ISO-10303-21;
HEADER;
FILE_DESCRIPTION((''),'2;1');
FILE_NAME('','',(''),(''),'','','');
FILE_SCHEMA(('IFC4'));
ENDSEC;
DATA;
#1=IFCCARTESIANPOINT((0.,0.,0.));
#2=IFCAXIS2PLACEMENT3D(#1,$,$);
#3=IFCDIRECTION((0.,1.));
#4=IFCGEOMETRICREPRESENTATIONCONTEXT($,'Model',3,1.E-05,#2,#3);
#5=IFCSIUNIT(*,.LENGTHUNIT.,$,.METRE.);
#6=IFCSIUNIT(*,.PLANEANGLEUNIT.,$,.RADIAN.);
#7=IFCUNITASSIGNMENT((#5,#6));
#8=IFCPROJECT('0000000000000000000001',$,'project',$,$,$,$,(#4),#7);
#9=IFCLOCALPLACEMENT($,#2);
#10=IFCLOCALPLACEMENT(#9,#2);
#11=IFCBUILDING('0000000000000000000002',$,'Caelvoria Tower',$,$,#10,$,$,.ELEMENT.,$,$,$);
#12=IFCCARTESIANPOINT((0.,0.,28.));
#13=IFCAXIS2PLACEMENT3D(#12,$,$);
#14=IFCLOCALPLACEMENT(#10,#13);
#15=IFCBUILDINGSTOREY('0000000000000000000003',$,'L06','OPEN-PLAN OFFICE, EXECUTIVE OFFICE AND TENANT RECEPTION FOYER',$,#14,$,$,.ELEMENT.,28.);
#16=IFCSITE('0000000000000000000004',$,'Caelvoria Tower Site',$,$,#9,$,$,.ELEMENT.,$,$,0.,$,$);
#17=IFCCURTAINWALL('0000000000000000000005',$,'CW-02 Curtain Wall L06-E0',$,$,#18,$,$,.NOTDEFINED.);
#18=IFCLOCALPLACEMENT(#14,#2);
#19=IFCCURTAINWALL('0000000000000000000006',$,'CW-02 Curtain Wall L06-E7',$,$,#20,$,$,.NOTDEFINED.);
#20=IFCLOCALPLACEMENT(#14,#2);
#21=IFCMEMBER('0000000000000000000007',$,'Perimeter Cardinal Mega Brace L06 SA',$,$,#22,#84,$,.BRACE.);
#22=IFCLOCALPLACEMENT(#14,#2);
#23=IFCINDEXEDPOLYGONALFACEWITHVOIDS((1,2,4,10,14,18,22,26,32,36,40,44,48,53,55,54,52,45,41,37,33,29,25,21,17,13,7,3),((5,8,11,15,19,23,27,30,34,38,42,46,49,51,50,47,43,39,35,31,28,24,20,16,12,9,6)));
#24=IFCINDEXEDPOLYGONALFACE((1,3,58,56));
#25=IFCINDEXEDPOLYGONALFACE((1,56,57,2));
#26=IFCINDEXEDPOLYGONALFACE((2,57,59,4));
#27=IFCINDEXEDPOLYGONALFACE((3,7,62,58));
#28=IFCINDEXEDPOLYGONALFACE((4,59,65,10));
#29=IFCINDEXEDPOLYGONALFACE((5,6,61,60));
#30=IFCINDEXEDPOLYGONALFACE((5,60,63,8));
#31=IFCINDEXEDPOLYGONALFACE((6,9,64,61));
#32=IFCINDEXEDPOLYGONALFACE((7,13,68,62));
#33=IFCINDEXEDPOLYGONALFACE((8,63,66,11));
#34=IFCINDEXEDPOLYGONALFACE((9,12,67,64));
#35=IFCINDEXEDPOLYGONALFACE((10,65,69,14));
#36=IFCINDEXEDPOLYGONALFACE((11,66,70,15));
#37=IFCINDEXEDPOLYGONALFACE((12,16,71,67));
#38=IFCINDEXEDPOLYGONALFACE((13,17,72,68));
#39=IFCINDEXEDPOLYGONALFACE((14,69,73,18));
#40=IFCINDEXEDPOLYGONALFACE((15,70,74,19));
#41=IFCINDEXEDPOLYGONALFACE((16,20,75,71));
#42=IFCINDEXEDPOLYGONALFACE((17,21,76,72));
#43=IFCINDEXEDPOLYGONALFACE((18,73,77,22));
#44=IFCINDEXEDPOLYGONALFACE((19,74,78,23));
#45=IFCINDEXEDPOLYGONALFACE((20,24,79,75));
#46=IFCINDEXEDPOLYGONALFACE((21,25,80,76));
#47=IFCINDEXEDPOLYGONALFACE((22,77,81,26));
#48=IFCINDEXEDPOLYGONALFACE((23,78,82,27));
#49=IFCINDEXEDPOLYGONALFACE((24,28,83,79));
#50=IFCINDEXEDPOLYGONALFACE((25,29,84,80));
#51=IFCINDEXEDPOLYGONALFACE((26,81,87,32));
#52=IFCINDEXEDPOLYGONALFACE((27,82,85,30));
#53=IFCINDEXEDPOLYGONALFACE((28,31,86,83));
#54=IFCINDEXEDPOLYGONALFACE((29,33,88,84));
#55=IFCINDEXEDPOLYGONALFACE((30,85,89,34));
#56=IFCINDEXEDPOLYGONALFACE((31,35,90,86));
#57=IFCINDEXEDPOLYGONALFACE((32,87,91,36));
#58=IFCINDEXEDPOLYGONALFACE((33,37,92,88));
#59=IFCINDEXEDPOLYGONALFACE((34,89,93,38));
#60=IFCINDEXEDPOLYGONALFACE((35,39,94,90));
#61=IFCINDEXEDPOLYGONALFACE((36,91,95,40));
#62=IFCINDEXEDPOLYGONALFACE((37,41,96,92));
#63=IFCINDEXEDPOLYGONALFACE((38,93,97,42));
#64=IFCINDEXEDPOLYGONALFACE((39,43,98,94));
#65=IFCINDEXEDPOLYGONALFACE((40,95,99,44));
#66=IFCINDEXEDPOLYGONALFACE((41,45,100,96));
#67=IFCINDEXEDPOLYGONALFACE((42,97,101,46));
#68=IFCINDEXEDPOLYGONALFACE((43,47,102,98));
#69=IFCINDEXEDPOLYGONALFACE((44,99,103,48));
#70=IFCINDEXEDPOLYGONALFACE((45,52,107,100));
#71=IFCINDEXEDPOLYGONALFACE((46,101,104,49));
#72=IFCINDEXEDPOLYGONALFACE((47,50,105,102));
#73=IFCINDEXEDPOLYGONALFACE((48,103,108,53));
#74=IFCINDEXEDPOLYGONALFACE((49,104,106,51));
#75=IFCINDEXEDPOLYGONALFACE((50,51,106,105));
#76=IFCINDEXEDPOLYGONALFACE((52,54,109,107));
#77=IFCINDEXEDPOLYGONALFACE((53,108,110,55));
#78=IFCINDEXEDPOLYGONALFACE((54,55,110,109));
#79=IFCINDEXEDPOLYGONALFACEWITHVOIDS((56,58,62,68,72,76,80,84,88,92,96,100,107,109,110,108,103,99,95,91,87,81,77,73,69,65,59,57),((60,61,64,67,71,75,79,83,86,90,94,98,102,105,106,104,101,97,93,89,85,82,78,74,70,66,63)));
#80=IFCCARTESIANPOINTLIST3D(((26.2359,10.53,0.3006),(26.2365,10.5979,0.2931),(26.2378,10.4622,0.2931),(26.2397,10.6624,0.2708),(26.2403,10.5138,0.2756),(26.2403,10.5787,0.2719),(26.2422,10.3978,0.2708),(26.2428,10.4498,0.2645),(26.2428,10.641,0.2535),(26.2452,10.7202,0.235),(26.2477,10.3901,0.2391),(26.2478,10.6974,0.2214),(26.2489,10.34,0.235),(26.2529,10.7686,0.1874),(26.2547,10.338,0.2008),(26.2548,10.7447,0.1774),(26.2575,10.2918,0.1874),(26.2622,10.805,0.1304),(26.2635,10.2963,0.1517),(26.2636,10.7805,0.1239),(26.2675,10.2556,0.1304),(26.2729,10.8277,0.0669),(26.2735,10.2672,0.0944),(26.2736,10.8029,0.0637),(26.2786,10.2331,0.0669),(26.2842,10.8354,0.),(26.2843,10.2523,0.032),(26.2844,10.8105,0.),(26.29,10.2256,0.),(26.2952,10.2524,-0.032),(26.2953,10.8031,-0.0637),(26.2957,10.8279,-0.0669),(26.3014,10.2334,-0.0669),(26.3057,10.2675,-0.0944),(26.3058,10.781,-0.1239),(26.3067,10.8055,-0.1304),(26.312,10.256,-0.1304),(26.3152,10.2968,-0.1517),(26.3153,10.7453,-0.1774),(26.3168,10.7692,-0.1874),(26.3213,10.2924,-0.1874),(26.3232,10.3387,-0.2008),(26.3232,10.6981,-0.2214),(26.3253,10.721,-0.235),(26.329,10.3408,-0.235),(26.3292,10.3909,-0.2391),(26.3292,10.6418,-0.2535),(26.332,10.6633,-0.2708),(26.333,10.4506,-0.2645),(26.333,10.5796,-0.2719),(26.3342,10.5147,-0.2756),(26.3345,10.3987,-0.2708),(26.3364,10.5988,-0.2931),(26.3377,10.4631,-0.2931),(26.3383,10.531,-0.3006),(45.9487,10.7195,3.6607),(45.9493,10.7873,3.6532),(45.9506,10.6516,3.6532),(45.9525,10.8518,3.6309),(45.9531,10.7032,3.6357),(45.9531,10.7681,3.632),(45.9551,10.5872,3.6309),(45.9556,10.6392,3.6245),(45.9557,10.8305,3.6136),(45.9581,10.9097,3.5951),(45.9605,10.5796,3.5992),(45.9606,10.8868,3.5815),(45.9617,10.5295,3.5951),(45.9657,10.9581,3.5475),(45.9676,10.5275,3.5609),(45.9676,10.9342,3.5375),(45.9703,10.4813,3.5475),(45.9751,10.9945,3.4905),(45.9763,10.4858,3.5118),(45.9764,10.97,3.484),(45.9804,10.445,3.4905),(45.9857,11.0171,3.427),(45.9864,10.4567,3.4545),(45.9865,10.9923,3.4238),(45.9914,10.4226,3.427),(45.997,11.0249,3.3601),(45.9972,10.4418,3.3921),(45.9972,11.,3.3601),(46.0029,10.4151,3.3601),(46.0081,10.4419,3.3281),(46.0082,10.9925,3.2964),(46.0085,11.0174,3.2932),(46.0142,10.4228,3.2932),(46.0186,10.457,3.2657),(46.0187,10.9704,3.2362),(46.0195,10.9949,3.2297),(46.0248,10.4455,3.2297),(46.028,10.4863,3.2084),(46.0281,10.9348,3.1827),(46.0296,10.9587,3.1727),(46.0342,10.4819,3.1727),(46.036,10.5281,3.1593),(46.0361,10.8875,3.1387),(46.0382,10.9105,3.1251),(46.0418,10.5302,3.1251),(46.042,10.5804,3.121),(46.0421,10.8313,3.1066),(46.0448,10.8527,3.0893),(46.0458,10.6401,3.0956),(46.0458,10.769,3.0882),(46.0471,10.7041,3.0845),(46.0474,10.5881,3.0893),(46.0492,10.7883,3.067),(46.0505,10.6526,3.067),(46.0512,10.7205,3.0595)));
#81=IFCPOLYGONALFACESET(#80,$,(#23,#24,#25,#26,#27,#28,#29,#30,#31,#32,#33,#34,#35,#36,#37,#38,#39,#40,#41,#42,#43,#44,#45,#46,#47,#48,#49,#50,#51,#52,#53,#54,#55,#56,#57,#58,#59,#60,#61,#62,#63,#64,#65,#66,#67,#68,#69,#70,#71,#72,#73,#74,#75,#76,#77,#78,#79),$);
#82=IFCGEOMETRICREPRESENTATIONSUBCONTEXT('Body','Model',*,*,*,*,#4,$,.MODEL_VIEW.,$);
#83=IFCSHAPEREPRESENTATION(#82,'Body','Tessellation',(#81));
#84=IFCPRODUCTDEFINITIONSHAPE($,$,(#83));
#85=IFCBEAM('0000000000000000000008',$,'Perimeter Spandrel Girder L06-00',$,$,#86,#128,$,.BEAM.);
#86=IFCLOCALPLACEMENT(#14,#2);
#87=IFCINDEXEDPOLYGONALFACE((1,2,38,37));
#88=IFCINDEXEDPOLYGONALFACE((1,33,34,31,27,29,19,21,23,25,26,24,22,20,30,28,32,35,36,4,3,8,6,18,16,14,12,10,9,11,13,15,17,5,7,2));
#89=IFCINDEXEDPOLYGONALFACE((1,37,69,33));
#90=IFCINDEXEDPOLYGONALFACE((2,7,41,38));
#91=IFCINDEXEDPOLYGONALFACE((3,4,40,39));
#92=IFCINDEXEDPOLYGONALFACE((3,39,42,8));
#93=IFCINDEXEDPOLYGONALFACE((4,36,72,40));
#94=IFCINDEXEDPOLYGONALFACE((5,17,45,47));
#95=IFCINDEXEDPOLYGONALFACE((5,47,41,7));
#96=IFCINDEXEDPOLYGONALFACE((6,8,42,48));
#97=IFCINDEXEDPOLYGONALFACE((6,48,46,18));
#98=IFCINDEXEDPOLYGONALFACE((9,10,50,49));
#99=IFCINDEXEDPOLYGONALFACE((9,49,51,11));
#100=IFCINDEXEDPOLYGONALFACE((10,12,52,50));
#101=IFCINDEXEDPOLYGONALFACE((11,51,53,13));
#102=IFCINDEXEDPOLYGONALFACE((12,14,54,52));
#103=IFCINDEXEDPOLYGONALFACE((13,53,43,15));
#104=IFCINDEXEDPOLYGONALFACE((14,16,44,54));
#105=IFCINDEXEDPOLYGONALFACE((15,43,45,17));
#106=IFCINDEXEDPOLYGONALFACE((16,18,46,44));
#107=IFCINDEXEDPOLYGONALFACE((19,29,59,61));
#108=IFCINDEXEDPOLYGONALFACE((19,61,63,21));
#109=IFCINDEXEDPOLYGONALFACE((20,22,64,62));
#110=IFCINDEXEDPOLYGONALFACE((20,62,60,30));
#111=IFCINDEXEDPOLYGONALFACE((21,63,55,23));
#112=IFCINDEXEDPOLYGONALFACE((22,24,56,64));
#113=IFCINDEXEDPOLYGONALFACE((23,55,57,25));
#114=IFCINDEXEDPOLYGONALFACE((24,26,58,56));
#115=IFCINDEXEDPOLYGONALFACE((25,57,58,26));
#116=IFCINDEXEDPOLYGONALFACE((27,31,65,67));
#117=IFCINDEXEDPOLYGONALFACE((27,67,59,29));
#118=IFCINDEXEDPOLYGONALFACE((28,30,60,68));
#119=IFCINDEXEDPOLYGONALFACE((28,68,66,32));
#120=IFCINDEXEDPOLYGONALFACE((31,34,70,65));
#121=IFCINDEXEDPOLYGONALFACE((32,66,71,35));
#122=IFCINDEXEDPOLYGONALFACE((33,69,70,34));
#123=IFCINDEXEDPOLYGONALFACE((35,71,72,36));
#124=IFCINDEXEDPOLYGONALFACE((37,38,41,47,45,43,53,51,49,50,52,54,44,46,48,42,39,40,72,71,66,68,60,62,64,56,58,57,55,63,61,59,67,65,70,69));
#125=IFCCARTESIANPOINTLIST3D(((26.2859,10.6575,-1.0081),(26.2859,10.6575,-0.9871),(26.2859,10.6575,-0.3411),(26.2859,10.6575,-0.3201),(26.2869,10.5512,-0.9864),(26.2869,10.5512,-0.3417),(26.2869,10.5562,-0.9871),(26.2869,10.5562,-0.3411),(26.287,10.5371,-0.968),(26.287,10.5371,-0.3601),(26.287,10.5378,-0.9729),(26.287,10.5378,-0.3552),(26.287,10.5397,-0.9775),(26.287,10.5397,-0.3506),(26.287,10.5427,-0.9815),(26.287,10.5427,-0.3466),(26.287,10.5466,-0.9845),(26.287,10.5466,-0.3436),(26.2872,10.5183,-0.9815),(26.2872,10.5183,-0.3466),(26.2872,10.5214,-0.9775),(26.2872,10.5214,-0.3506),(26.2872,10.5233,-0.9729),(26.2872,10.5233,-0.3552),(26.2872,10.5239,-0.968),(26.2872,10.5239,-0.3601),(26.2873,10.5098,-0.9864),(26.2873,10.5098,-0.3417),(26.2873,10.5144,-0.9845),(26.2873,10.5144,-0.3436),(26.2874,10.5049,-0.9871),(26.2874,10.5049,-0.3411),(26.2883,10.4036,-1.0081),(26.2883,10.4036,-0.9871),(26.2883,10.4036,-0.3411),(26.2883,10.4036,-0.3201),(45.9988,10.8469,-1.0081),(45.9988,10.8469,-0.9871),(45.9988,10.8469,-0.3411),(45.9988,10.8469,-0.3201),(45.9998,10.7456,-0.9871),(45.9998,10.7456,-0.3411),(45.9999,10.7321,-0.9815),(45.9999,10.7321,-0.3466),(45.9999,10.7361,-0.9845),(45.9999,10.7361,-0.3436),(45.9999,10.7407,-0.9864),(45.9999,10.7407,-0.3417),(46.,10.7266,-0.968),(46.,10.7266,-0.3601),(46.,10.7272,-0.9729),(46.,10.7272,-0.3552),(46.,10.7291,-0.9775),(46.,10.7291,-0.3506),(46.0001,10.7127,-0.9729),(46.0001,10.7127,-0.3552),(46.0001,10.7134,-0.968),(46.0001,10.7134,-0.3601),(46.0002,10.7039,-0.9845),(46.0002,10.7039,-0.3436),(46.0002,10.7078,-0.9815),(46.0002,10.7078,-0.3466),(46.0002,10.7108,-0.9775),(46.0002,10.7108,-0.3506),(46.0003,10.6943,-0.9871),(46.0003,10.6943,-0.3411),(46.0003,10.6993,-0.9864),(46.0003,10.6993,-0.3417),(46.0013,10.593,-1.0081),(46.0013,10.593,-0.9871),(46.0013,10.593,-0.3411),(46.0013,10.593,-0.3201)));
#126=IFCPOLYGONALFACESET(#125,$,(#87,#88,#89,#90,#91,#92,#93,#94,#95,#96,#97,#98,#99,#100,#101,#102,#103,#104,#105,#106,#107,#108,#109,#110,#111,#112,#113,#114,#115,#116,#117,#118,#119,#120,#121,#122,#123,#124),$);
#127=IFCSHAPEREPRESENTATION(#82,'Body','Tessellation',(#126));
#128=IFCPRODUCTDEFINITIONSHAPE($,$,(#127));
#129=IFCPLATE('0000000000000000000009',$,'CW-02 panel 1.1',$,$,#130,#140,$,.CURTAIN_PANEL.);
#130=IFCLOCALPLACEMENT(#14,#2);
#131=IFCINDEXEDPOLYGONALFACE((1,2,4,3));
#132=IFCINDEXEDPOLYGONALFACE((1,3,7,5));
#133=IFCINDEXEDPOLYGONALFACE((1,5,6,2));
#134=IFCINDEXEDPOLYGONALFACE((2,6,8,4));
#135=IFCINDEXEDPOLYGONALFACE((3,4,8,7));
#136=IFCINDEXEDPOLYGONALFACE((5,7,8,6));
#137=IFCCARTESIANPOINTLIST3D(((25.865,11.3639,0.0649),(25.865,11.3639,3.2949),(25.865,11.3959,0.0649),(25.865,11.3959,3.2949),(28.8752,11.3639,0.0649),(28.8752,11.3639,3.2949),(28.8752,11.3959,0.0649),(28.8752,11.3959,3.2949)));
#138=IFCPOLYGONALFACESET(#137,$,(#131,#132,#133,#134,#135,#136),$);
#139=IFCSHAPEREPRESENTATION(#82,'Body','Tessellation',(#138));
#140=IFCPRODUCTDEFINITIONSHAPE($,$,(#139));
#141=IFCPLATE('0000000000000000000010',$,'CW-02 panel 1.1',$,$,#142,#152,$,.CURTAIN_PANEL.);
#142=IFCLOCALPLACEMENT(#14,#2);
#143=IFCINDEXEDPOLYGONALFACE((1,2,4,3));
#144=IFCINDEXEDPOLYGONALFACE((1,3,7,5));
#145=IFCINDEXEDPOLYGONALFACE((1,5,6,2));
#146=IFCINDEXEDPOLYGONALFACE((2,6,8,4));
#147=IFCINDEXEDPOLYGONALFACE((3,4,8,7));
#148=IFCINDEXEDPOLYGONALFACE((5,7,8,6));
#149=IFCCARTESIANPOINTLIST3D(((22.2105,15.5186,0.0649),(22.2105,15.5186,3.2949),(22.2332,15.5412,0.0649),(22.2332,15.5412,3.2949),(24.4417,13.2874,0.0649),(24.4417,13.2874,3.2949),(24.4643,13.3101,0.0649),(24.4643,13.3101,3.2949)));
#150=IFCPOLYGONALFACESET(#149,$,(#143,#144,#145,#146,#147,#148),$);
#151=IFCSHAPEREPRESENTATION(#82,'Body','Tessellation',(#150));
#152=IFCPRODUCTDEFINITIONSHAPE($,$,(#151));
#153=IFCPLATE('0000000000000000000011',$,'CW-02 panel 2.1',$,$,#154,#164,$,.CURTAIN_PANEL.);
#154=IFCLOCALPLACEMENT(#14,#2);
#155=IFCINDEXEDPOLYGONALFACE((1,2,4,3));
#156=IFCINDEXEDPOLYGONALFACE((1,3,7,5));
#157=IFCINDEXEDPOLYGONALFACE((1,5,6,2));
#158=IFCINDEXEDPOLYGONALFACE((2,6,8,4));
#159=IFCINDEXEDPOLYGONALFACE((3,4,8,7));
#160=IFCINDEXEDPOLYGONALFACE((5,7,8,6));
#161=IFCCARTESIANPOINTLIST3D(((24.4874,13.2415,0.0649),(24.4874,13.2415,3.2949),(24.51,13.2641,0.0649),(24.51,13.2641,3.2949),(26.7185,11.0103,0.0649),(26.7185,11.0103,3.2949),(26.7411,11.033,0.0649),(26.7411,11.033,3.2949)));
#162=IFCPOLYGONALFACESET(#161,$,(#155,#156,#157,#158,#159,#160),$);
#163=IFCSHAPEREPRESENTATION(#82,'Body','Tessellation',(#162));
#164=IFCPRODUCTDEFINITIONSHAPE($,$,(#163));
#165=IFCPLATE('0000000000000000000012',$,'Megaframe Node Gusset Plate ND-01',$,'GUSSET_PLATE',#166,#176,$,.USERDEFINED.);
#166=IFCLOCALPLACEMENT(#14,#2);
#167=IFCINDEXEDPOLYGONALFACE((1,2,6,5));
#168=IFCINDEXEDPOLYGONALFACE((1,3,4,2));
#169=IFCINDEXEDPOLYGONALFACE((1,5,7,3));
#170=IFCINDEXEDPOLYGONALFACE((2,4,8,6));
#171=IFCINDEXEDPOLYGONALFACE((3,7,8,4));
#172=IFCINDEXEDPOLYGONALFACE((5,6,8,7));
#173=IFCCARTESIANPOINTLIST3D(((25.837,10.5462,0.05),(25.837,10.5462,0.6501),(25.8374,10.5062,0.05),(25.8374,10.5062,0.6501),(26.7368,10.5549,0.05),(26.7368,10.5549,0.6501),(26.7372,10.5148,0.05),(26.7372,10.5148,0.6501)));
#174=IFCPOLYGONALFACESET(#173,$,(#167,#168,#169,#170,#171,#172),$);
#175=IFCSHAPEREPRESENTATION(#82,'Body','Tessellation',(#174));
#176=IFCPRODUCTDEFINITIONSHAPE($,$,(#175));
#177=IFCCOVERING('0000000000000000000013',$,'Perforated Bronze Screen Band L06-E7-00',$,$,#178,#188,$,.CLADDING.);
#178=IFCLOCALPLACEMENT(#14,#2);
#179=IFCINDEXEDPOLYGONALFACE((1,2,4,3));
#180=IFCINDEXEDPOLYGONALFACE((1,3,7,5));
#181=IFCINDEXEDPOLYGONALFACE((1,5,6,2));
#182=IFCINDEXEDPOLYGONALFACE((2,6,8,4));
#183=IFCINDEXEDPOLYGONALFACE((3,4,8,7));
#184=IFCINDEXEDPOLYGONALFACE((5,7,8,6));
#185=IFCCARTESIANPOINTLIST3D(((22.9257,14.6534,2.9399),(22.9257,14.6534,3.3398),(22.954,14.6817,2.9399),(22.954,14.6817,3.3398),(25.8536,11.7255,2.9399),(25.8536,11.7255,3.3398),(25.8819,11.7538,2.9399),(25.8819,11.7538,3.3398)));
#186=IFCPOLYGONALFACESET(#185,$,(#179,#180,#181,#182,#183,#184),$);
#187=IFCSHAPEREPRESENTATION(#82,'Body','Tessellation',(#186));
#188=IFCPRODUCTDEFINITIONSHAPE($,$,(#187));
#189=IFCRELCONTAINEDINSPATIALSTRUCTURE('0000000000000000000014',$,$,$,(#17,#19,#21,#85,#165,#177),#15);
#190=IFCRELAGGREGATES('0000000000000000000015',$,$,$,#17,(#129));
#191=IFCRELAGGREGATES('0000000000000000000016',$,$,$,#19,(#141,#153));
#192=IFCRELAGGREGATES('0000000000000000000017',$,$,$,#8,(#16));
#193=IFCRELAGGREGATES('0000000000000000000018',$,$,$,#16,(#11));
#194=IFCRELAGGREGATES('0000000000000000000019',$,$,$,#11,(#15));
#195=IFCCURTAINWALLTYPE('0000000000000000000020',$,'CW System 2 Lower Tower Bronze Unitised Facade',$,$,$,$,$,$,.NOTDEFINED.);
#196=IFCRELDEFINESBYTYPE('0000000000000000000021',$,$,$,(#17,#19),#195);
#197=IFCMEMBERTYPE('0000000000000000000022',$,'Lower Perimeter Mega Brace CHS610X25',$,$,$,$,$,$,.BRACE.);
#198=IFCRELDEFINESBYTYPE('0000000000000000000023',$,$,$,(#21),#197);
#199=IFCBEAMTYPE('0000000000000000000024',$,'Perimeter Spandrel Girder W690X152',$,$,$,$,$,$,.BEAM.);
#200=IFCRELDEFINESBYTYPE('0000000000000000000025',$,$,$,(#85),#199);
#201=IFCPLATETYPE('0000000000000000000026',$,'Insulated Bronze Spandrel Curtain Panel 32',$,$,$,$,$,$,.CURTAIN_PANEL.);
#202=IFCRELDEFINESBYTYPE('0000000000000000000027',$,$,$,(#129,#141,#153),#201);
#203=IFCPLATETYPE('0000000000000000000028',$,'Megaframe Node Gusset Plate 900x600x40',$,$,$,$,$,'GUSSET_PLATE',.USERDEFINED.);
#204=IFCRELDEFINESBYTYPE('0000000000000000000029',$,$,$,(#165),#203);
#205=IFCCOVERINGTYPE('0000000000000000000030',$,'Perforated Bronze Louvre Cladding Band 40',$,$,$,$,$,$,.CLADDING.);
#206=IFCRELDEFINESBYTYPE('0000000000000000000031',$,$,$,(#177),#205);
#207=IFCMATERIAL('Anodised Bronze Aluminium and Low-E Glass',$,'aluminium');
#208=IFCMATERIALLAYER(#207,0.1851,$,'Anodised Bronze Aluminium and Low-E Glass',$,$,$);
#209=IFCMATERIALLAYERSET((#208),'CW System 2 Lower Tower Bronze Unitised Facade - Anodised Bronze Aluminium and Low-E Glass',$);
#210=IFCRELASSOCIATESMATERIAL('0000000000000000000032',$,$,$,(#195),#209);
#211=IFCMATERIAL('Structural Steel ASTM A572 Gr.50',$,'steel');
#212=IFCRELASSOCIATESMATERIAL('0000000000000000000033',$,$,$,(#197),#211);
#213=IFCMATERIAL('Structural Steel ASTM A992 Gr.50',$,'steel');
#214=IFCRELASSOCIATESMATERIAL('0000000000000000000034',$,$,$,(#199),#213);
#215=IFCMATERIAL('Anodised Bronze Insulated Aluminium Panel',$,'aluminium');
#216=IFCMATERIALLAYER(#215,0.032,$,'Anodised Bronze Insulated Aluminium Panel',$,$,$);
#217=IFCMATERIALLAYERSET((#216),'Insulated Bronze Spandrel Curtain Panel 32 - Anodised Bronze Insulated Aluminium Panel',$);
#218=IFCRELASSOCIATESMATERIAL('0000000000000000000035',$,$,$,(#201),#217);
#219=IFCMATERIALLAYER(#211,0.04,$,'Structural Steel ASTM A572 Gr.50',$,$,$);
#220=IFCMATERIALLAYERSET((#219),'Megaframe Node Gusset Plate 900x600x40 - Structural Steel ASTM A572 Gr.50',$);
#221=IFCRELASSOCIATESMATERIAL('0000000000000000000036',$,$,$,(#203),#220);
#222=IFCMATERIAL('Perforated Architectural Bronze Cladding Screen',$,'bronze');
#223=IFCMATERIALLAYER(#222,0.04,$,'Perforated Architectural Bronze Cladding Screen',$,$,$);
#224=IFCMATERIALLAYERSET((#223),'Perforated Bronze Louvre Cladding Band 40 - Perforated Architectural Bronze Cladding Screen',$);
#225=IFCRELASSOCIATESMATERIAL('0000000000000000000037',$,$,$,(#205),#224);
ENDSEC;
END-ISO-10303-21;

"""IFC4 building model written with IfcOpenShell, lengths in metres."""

from ifc_helpers import new_model, si_unit, direction, frame, origin, origin_2d, place, context, subcontext, project, spatial, rectangle, hollow_circle, i_section, extrude, material, layer, layer_set, material_profile, profile_set, type_object, element, aggregate, save


model = new_model("IFC4")

# Units and contexts
model_context = context("Model", 3, precision=1e-05, world=origin(), true_north=direction((0.0, 1.0)))
body_context = subcontext(model_context, "Body", "Model", "MODEL_VIEW")
ifc_project = project(units=[si_unit("LENGTHUNIT", "METRE"), si_unit("PLANEANGLEUNIT", "RADIAN")], contexts=[model_context])

# Site, building, storey
site_placement = place(None, origin())
site = spatial("IfcSite", under=ifc_project, at=site_placement, Name="Caelvoria Tower Site", CompositionType="ELEMENT", RefElevation=0.0)
building_placement = place(site_placement, origin())
building = spatial("IfcBuilding", under=site, at=building_placement, Name="Caelvoria Tower", CompositionType="ELEMENT")
storey_placement = place(building_placement, frame((0.0, 0.0, 28.0)))
storey = spatial("IfcBuildingStorey", under=building, at=storey_placement, Name="L06", Description="OPEN-PLAN OFFICE, EXECUTIVE OFFICE AND TENANT RECEPTION FOYER", CompositionType="ELEMENT", Elevation=28.0)

# Shared definitions
ifc_material_1 = material(Name="Structural Steel ASTM A572 Gr.50", Category="steel")

# Curtain walls
ifc_material_2 = material(Name="Anodised Bronze Aluminium and Low-E Glass", Category="aluminium")
ifc_layer_1 = layer(ifc_material_2, 0.1851, Name="Anodised Bronze Aluminium and Low-E Glass")
ifc_layer_set_1 = layer_set([ifc_layer_1], Name="CW System 2 Lower Tower Bronze Unitised Facade - Anodised Bronze Aluminium and Low-E Glass")
curtain_wall_type = type_object("IfcCurtainWallType", Name="CW System 2 Lower Tower Bronze Unitised Facade", PredefinedType="NOTDEFINED", material=ifc_layer_set_1)
curtain_wall_1_placement = place(storey_placement, origin())
curtain_wall_1 = element("IfcCurtainWall", 1, at=curtain_wall_1_placement, inside=storey, type_object=curtain_wall_type, Name="CW-02 Curtain Wall L06-E0", PredefinedType="NOTDEFINED")
curtain_wall_2_placement = place(storey_placement, origin())
curtain_wall_2 = element("IfcCurtainWall", 2, at=curtain_wall_2_placement, inside=storey, type_object=curtain_wall_type, Name="CW-02 Curtain Wall L06-E7", PredefinedType="NOTDEFINED")

# Member
ifc_material_profile_1 = material_profile(ifc_material_1, hollow_circle(Radius=0.3049, WallThickness=0.0249, at=origin_2d()), Name="Structural Steel ASTM A572 Gr.50")
ifc_profile_set_1 = profile_set([ifc_material_profile_1], Name="CHS610X25 - Structural Steel ASTM A572 Gr.50")
member_type_1 = type_object("IfcMemberType", Name="Lower Perimeter Mega Brace CHS610X25", PredefinedType="BRACE", material=ifc_profile_set_1)
member_1_placement = place(storey_placement, frame((26.2871, 10.5305, 0.0), z_axis=(0.985738, 0.009474, 0.168021), x_axis=(-0.00961, 0.999954, 0.0)))
element("IfcMember", 3, at=member_1_placement, inside=storey, type_object=member_type_1, Name="Perimeter Cardinal Mega Brace L06 SA", PredefinedType="BRACE", context=body_context, shape_type="SweptSolid", body=[
    extrude(hollow_circle(Radius=0.3049, WallThickness=0.0249, at=origin_2d()), origin(), (0.0, 0.0, 1.0), 19.998),
])

# Beam
ifc_material_3 = material(Name="Structural Steel ASTM A992 Gr.50", Category="steel")
ifc_material_profile_2 = material_profile(ifc_material_3, i_section(OverallWidth=0.2539, OverallDepth=0.688, WebThickness=0.0132, FlangeThickness=0.021, FilletRadius=0.019, at=origin_2d()), Name="Structural Steel ASTM A992 Gr.50")
ifc_profile_set_2 = profile_set([ifc_material_profile_2], Name="W690X152 - Structural Steel ASTM A992 Gr.50")
beam_type = type_object("IfcBeamType", Name="Perimeter Spandrel Girder W690X152", PredefinedType="BEAM", material=ifc_profile_set_2)
beam_placement = place(storey_placement, frame((26.2871, 10.5305, -0.6641), z_axis=(0.999954, 0.00961, 0.0), x_axis=(-0.00961, 0.999954, 0.0)))
element("IfcBeam", 4, at=beam_placement, inside=storey, type_object=beam_type, Name="Perimeter Spandrel Girder L06-00", PredefinedType="BEAM", context=body_context, shape_type="SweptSolid", body=[
    extrude(i_section(OverallWidth=0.2539, OverallDepth=0.688, WebThickness=0.0132, FlangeThickness=0.021, FilletRadius=0.019, at=origin_2d()), origin(), (0.0, 0.0, 1.0), 19.7139),
])

# Plates
ifc_material_4 = material(Name="Anodised Bronze Insulated Aluminium Panel", Category="aluminium")
ifc_layer_2 = layer(ifc_material_4, 0.032, Name="Anodised Bronze Insulated Aluminium Panel")
ifc_layer_set_2 = layer_set([ifc_layer_2], Name="Insulated Bronze Spandrel Curtain Panel 32 - Anodised Bronze Insulated Aluminium Panel")
plate_type_1 = type_object("IfcPlateType", Name="Insulated Bronze Spandrel Curtain Panel 32", PredefinedType="CURTAIN_PANEL", material=ifc_layer_set_2)
plate_1_placement = place(storey_placement, frame((27.3701, 11.3799, 0.0649), z_axis=(0.0, 0.0, 1.0), x_axis=(1.0, 0.0, 0.0)))
plate_1 = element("IfcPlate", 5, at=plate_1_placement, type_object=plate_type_1, Name="CW-02 panel 1.1", PredefinedType="CURTAIN_PANEL", context=body_context, shape_type="SweptSolid", body=[
    extrude(rectangle(XDim=3.0103, YDim=0.032, at=origin_2d()), origin(), (0.0, 0.0, 1.0), 3.23),
])
aggregate(curtain_wall_1, [plate_1])
plate_2_placement = place(storey_placement, frame((23.3374, 14.4143, 0.0649), z_axis=(0.0, 0.0, 1.0), x_axis=(0.707107, -0.707107, 0.0)))
plate_2 = element("IfcPlate", 6, at=plate_2_placement, type_object=plate_type_1, Name="CW-02 panel 1.1", PredefinedType="CURTAIN_PANEL", context=body_context, shape_type="SweptSolid", body=[
    extrude(rectangle(XDim=3.1553, YDim=0.032, at=origin_2d()), origin(), (0.0, 0.0, 1.0), 3.23),
])
plate_3_placement = place(storey_placement, frame((25.6143, 12.1372, 0.0649), z_axis=(0.0, 0.0, 1.0), x_axis=(0.707107, -0.707107, 0.0)))
plate_3 = element("IfcPlate", 7, at=plate_3_placement, type_object=plate_type_1, Name="CW-02 panel 2.1", PredefinedType="CURTAIN_PANEL", context=body_context, shape_type="SweptSolid", body=[
    extrude(rectangle(XDim=3.1553, YDim=0.032, at=origin_2d()), origin(), (0.0, 0.0, 1.0), 3.23),
])
aggregate(curtain_wall_2, [plate_2, plate_3])
ifc_layer_3 = layer(ifc_material_1, 0.04, Name="Structural Steel ASTM A572 Gr.50")
ifc_layer_set_3 = layer_set([ifc_layer_3], Name="Megaframe Node Gusset Plate 900x600x40 - Structural Steel ASTM A572 Gr.50")
plate_type_2 = type_object("IfcPlateType", Name="Megaframe Node Gusset Plate 900x600x40", ElementType="GUSSET_PLATE", PredefinedType="USERDEFINED", material=ifc_layer_set_3)
plate_4_placement = place(storey_placement, frame((26.2871, 10.5305, 0.05), z_axis=(0.0, 0.0, 1.0), x_axis=(0.999954, 0.009618, 0.0)))
element("IfcPlate", 8, at=plate_4_placement, inside=storey, type_object=plate_type_2, Name="Megaframe Node Gusset Plate ND-01", ObjectType="GUSSET_PLATE", PredefinedType="USERDEFINED", context=body_context, shape_type="SweptSolid", body=[
    extrude(rectangle(XDim=0.8999, YDim=0.04, at=origin_2d()), origin(), (0.0, 0.0, 1.0), 0.6001),
])

# Covering
ifc_material_5 = material(Name="Perforated Architectural Bronze Cladding Screen", Category="bronze")
ifc_layer_4 = layer(ifc_material_5, 0.04, Name="Perforated Architectural Bronze Cladding Screen")
ifc_layer_set_4 = layer_set([ifc_layer_4], Name="Perforated Bronze Louvre Cladding Band 40 - Perforated Architectural Bronze Cladding Screen")
covering_type = type_object("IfcCoveringType", Name="Perforated Bronze Louvre Cladding Band 40", PredefinedType="CLADDING", material=ifc_layer_set_4)
covering_placement = place(storey_placement, frame((24.4038, 13.2036, 2.9399), z_axis=(0.0, 0.0, 1.0), x_axis=(0.707107, -0.707107, 0.0)))
element("IfcCovering", 9, at=covering_placement, inside=storey, type_object=covering_type, Name="Perforated Bronze Screen Band L06-E7-00", PredefinedType="CLADDING", context=body_context, shape_type="SweptSolid", body=[
    extrude(rectangle(XDim=4.1406, YDim=0.04, at=origin_2d()), origin(), (0.0, 0.0, 1.0), 0.3999),
])

save(model, "model.ifc")
